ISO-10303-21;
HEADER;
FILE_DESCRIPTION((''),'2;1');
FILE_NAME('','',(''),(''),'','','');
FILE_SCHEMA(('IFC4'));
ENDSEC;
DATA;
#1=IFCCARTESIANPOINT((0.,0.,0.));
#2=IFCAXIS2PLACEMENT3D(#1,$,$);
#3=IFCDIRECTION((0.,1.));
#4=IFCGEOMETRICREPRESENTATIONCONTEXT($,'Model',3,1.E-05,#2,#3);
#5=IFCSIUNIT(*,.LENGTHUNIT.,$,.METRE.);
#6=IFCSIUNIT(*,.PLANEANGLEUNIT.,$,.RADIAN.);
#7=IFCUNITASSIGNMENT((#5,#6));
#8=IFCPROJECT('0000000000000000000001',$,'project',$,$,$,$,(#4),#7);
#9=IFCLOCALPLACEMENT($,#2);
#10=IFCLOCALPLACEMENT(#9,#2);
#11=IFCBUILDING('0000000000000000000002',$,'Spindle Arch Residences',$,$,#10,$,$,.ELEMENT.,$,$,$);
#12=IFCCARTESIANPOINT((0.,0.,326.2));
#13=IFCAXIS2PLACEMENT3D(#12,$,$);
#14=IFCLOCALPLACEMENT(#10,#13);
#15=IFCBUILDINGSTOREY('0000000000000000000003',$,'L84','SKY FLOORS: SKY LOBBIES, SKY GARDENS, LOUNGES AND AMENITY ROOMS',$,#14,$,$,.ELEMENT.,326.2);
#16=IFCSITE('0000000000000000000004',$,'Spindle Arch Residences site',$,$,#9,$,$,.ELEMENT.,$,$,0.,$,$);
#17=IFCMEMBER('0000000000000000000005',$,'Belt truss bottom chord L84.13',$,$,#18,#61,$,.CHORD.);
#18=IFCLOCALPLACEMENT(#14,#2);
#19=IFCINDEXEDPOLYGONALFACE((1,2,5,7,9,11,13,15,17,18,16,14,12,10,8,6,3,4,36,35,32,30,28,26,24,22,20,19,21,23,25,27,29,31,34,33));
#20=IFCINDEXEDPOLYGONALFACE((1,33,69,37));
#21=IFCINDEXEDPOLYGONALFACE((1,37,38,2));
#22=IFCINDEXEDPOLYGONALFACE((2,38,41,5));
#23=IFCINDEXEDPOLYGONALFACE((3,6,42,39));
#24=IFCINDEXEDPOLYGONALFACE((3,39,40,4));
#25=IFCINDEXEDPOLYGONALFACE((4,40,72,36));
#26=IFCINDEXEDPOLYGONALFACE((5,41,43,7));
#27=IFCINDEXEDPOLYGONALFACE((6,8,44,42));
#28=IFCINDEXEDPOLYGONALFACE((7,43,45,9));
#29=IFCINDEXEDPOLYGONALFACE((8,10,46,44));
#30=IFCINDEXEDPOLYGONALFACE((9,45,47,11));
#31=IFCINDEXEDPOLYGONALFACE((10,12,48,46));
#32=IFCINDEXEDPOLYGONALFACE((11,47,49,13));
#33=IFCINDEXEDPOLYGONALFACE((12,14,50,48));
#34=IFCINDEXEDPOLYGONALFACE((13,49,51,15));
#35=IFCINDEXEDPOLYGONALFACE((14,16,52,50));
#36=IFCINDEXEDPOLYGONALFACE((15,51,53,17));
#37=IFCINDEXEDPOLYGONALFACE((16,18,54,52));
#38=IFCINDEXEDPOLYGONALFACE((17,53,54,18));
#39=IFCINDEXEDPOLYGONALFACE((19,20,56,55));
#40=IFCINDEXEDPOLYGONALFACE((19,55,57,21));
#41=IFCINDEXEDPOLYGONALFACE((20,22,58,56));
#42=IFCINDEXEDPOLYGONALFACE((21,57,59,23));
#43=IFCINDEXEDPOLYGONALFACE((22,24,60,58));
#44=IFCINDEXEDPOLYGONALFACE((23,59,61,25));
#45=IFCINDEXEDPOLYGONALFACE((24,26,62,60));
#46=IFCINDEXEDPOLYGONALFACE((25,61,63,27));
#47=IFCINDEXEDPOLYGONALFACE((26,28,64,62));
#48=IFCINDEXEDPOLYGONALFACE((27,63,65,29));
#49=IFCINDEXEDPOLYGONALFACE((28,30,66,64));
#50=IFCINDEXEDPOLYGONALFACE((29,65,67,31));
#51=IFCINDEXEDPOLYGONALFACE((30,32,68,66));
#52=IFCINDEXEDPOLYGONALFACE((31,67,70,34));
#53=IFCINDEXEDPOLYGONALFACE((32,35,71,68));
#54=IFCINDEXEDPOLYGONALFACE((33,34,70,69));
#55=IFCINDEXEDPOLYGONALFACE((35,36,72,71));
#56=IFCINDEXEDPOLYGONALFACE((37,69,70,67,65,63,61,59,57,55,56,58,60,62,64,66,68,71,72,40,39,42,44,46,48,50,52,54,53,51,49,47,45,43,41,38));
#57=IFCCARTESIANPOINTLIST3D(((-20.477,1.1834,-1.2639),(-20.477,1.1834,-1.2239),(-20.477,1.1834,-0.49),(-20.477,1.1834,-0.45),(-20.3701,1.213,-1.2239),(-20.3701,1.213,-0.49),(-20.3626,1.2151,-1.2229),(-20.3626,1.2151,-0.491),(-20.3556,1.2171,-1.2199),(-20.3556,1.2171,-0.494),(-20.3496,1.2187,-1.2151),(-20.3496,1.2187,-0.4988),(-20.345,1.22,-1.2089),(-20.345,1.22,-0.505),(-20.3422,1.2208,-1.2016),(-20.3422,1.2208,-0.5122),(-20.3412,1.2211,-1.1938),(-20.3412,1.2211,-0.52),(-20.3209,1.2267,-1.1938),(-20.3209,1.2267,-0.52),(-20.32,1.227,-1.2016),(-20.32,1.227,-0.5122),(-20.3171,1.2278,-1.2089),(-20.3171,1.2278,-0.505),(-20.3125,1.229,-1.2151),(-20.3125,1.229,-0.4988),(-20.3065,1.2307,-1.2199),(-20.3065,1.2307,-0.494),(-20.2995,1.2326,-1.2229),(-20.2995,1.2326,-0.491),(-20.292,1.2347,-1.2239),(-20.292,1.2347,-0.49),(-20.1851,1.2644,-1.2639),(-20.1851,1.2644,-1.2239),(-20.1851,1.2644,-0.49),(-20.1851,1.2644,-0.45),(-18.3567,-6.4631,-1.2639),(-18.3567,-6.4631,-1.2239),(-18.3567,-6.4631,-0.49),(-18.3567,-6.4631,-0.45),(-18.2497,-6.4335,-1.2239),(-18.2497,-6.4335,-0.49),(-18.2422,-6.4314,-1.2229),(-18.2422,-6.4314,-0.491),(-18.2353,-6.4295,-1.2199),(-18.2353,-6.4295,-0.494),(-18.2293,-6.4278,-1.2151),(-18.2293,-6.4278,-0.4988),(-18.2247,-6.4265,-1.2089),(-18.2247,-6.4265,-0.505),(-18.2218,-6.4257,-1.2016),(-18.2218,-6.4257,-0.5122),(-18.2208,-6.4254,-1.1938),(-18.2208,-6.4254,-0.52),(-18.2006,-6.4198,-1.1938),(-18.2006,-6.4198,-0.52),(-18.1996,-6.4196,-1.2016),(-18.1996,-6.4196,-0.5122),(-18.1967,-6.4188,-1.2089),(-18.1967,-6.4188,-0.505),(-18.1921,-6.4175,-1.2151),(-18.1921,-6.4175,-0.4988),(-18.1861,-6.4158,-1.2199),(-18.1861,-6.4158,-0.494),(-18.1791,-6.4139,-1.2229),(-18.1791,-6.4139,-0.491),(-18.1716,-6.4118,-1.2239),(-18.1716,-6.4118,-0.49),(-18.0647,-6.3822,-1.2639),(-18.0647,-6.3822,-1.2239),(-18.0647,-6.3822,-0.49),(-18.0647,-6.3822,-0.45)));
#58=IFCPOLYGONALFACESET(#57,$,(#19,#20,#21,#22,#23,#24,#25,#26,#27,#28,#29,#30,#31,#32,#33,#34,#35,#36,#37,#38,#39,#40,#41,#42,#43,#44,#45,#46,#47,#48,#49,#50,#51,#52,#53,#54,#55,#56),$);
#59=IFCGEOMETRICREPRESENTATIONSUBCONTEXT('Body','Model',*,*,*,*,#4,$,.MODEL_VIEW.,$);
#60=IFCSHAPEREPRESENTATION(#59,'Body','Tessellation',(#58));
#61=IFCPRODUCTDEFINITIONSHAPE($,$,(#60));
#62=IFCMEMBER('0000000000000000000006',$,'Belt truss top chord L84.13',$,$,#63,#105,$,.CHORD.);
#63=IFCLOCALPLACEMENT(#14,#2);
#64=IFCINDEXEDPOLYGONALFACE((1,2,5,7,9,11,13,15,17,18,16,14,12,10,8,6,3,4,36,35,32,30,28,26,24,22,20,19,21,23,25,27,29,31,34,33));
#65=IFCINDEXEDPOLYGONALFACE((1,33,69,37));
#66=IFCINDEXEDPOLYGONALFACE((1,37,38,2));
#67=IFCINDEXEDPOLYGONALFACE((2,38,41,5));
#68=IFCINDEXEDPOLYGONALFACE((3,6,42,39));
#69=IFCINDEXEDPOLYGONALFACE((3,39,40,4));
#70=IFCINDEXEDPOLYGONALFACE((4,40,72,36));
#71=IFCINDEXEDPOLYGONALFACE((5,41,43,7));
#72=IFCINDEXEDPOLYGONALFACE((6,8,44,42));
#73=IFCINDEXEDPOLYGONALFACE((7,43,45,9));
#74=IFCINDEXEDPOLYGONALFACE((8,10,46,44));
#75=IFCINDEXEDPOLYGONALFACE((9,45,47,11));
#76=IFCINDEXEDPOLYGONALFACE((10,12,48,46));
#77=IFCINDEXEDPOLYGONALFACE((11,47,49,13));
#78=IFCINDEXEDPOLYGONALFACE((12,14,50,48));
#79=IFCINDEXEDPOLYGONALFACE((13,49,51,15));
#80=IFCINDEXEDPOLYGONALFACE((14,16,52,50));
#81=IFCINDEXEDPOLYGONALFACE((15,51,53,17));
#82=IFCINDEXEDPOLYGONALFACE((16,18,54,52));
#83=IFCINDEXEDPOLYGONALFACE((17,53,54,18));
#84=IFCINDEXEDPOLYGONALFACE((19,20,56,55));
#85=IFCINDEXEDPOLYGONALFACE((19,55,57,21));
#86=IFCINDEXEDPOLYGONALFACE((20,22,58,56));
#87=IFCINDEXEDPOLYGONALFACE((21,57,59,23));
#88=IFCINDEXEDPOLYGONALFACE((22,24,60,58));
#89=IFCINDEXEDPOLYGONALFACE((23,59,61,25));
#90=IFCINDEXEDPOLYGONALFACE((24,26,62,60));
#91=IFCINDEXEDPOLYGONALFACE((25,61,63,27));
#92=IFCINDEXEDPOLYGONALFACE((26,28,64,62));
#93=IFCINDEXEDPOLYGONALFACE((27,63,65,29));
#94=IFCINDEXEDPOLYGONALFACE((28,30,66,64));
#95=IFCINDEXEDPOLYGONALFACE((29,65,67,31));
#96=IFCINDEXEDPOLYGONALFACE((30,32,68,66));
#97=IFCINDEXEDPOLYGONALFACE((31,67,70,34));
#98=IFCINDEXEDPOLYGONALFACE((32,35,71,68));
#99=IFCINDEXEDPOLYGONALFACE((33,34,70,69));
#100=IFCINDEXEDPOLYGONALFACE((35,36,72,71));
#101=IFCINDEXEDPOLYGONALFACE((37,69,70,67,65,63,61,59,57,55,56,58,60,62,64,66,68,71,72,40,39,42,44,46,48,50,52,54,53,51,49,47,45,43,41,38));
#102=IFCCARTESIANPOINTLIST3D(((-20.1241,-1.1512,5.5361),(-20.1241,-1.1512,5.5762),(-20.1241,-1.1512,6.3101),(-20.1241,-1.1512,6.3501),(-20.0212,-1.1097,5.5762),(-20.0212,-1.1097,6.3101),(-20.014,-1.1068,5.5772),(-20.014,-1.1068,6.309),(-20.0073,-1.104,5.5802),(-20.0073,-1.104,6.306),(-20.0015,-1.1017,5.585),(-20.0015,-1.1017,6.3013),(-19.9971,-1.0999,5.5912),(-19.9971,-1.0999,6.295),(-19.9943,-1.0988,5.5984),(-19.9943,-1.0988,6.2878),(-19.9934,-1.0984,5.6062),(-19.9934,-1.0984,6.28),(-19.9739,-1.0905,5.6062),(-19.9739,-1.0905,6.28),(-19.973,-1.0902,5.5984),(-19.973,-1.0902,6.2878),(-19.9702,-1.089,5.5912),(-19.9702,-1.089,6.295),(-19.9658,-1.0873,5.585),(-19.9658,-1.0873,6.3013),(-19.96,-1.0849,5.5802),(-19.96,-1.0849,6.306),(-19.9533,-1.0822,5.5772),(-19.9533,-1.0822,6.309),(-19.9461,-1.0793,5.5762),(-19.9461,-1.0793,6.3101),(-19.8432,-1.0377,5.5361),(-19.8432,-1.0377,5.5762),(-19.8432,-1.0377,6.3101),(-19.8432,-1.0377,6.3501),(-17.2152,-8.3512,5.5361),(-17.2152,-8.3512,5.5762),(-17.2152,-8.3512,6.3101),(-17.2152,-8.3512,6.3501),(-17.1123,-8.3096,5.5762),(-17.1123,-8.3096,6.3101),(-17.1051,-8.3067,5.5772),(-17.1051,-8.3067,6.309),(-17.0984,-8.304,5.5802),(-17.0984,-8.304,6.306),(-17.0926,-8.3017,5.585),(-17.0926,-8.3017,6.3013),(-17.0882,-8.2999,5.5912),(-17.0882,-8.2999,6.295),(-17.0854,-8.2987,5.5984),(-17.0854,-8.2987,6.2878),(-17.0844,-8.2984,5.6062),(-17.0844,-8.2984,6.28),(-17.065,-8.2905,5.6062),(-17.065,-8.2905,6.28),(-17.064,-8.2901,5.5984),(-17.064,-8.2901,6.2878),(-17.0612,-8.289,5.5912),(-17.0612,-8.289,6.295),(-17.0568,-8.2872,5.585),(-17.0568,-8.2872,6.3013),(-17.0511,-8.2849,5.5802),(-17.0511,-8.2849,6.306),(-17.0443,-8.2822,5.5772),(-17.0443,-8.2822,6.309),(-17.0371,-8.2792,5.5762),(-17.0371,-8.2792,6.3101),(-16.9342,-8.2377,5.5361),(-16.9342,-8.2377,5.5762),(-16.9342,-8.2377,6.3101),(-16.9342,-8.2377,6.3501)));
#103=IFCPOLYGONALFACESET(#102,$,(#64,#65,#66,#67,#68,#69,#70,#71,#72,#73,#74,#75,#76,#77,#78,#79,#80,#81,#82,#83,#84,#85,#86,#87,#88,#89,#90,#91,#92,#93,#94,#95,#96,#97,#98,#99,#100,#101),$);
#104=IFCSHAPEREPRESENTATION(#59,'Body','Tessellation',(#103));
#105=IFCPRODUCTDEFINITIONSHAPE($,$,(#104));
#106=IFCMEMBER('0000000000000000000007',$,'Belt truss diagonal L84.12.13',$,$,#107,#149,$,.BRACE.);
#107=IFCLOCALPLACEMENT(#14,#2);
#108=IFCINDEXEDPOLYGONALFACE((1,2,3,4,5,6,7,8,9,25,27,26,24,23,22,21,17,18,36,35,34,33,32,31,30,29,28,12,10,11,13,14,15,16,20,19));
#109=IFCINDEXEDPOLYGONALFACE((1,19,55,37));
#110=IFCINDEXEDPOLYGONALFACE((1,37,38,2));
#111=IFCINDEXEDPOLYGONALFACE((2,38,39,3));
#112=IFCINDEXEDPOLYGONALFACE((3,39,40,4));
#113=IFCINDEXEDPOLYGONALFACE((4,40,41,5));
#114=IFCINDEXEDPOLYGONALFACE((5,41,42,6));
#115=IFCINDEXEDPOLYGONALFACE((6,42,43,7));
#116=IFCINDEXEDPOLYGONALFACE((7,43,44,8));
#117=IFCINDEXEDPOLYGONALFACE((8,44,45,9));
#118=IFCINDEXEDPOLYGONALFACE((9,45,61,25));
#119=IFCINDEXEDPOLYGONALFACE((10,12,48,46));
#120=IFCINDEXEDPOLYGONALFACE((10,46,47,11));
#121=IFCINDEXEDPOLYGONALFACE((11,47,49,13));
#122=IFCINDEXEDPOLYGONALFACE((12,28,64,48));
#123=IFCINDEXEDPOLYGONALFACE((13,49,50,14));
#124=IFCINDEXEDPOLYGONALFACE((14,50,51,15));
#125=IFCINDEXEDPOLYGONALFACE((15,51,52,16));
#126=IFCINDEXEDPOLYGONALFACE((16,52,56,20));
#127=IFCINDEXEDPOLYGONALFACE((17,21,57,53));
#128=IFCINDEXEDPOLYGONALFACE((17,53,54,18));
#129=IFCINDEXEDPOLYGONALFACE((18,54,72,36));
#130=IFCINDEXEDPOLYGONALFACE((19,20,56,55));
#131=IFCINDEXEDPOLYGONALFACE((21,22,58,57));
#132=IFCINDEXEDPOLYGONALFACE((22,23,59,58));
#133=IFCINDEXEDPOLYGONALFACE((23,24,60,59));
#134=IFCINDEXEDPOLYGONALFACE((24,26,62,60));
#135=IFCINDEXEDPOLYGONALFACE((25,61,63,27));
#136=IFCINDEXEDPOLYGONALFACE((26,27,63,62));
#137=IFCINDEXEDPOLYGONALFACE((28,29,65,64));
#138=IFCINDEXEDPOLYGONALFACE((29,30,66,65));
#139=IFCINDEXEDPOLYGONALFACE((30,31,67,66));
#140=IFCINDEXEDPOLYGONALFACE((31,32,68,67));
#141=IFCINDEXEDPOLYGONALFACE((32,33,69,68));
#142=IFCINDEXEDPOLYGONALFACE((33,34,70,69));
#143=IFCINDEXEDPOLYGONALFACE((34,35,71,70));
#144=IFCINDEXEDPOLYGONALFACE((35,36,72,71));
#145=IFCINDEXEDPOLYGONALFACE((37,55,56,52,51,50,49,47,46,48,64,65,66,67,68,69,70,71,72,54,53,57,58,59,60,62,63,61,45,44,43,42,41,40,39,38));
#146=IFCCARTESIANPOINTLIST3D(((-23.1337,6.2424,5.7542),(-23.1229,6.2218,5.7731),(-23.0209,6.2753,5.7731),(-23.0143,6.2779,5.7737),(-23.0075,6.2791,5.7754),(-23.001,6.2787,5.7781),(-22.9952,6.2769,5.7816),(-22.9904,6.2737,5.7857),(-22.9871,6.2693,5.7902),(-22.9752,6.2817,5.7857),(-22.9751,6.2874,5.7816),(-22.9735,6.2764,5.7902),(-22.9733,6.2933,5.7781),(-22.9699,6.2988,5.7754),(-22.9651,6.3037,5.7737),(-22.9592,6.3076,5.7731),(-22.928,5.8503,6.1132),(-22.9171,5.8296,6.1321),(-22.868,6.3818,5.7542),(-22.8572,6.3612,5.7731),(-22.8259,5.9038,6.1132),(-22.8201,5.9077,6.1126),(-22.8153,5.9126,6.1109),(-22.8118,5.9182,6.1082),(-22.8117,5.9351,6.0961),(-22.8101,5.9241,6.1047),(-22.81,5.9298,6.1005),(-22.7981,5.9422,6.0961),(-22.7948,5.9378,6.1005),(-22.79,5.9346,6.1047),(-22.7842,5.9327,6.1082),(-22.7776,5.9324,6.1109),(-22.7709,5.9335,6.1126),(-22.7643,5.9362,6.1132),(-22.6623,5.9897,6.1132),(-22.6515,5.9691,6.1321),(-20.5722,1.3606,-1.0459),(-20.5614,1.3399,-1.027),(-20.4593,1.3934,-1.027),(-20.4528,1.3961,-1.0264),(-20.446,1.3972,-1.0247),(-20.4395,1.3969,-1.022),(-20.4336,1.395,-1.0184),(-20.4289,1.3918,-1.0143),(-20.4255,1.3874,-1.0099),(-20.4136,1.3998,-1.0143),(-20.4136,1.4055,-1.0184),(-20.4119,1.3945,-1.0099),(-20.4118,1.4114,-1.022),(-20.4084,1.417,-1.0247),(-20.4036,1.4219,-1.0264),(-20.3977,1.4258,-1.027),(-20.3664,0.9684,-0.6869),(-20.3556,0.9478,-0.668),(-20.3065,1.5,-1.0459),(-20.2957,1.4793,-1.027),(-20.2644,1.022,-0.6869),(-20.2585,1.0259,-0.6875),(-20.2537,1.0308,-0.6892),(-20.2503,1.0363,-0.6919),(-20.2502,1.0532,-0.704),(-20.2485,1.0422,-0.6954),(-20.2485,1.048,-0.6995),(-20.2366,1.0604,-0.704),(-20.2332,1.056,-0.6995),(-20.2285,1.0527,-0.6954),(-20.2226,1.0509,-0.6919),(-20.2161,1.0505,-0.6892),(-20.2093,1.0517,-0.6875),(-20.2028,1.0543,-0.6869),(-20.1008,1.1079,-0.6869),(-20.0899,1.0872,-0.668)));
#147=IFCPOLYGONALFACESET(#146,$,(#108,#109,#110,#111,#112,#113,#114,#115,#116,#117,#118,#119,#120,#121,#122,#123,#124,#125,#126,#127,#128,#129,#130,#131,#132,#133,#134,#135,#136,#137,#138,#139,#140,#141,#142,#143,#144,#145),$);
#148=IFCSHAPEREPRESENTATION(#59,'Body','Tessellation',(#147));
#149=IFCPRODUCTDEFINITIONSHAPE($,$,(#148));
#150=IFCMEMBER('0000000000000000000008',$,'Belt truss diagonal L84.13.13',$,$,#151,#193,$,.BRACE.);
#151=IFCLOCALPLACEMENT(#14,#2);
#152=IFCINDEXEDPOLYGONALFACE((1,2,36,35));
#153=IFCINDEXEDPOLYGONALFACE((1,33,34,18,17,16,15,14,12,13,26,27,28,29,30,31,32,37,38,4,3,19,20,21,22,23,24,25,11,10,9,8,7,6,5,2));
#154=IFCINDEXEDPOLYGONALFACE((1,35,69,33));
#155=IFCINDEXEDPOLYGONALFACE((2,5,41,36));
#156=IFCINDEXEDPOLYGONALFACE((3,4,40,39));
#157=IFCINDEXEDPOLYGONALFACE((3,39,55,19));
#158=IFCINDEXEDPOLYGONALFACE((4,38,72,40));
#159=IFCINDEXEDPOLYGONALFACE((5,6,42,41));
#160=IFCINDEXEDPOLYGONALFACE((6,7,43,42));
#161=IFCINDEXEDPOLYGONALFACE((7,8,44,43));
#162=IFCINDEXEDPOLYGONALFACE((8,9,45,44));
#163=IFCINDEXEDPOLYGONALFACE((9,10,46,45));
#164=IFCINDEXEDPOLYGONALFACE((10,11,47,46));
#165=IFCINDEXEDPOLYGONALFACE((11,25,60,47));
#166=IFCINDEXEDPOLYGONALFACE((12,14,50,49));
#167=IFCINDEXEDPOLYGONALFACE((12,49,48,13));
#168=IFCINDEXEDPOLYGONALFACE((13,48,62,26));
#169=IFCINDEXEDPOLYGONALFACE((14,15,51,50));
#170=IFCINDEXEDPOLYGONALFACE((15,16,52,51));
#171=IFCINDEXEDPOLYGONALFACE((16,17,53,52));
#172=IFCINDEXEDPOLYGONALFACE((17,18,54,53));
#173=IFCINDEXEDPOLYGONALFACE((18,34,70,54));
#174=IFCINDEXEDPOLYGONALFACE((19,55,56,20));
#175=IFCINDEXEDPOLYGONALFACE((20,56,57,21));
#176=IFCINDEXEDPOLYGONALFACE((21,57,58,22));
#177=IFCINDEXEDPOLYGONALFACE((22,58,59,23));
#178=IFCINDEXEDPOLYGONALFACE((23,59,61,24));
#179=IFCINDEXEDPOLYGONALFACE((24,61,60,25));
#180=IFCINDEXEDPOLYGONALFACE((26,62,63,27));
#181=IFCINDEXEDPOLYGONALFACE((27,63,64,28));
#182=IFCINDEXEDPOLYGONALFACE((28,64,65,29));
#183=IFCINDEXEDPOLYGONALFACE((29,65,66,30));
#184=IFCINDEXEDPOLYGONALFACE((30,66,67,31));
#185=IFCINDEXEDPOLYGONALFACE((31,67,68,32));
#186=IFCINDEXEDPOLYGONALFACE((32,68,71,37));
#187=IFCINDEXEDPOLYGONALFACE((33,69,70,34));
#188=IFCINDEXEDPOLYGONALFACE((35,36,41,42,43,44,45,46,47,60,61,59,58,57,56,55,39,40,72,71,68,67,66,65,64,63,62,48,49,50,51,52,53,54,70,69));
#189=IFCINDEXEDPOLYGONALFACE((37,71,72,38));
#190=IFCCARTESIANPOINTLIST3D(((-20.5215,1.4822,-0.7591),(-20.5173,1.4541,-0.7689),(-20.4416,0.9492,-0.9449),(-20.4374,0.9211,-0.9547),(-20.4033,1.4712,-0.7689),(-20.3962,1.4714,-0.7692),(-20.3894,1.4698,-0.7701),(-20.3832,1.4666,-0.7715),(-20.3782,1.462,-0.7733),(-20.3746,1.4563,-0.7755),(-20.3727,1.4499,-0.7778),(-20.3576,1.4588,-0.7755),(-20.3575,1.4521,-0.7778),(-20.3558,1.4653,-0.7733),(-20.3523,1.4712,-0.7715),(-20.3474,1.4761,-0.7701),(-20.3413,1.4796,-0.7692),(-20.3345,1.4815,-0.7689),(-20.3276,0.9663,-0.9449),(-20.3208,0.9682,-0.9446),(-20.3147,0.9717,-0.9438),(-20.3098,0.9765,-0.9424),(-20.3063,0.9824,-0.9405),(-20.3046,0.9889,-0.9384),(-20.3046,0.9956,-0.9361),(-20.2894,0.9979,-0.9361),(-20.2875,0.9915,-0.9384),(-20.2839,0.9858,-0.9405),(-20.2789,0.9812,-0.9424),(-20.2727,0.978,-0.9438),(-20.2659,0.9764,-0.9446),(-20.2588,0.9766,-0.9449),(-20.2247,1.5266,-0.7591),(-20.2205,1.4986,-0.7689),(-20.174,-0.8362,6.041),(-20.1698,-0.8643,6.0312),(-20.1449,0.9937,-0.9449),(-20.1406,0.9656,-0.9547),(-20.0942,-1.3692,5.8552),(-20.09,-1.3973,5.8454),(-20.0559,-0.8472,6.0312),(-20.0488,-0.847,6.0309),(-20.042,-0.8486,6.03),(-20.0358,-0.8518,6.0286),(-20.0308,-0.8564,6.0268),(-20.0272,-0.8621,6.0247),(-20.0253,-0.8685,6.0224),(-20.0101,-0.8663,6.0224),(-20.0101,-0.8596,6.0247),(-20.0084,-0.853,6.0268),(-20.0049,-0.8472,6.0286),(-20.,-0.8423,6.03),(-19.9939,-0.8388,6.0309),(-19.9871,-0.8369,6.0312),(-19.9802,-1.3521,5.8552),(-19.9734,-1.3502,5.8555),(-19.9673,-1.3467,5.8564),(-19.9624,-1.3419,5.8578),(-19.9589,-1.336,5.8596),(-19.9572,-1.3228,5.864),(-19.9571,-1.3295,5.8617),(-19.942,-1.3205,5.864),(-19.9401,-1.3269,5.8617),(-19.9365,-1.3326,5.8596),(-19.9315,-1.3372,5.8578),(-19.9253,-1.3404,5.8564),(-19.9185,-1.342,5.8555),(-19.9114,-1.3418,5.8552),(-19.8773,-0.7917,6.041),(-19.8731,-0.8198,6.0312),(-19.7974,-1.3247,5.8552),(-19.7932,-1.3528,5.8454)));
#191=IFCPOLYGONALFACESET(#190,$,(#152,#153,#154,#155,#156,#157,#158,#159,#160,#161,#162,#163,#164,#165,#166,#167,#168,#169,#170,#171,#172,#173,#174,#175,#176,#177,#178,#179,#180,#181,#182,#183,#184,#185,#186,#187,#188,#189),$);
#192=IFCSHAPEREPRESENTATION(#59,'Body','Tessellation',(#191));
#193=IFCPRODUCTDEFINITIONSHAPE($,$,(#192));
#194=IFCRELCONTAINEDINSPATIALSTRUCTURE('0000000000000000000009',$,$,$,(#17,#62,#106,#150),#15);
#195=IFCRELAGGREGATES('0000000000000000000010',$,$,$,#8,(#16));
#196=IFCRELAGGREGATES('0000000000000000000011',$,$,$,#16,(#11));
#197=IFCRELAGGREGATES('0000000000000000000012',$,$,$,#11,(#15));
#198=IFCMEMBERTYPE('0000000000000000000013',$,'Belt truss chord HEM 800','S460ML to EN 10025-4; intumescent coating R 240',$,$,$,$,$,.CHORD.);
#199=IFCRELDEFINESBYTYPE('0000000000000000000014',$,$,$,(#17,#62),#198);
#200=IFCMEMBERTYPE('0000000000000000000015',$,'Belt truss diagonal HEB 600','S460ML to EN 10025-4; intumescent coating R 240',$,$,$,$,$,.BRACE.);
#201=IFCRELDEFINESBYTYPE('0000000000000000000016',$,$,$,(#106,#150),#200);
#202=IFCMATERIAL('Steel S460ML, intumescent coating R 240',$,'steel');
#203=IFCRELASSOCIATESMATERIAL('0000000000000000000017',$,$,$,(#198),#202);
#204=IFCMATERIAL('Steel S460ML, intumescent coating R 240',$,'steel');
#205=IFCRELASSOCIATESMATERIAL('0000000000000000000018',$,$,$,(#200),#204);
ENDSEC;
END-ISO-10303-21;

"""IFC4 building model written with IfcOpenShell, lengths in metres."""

from ifc_helpers import new_model, si_unit, direction, frame, origin, origin_2d, place, context, subcontext, project, spatial, i_section, extrude, material, material_profile, profile_set, type_object, element, save


model = new_model("IFC4")

# Units and contexts
model_context = context("Model", 3, precision=1e-05, world=origin(), true_north=direction((0.0, 1.0)))
body_context = subcontext(model_context, "Body", "Model", "MODEL_VIEW")
ifc_project = project(units=[si_unit("LENGTHUNIT", "METRE"), si_unit("PLANEANGLEUNIT", "RADIAN")], contexts=[model_context])

# Site, building, storey
site_placement = place(None, origin())
site = spatial("IfcSite", under=ifc_project, at=site_placement, Name="Spindle Arch Residences site", CompositionType="ELEMENT", RefElevation=0.0)
building_placement = place(site_placement, origin())
building = spatial("IfcBuilding", under=site, at=building_placement, Name="Spindle Arch Residences", CompositionType="ELEMENT")
storey_placement = place(building_placement, frame((0.0, 0.0, 326.2)))
storey = spatial("IfcBuildingStorey", under=building, at=storey_placement, Name="L84", Description="SKY FLOORS: SKY LOBBIES, SKY GARDENS, LOUNGES AND AMENITY ROOMS", CompositionType="ELEMENT", Elevation=326.2)

# Members
ifc_material_1 = material(Name="Steel S460ML, intumescent coating R 240", Category="steel")
ifc_material_profile_1 = material_profile(ifc_material_1, i_section(OverallWidth=0.303, OverallDepth=0.814, WebThickness=0.021, FlangeThickness=0.04, FilletRadius=0.03, at=origin_2d()), Name="HEM 800")
ifc_profile_set_1 = profile_set([ifc_material_profile_1], Name="Steel S460ML, intumescent coating R 240")
member_type_1 = type_object("IfcMemberType", Name="Belt truss chord HEM 800", Description="S460ML to EN 10025-4; intumescent coating R 240", PredefinedType="CHORD", material=ifc_profile_set_1)
member_1_placement = place(storey_placement, frame((-20.3311, 1.2239, -0.8569), z_axis=(0.267215, -0.963637, 0.0), x_axis=(0.963637, 0.267215, 0.0)))
element("IfcMember", 1, at=member_1_placement, inside=storey, type_object=member_type_1, Name="Belt truss bottom chord L84.13", PredefinedType="CHORD", context=body_context, shape_type="SweptSolid", body=[
    extrude(i_section(OverallWidth=0.303, OverallDepth=0.814, WebThickness=0.021, FlangeThickness=0.04, FilletRadius=0.03, at=origin_2d()), origin(), (0.0, 0.0, 1.0), 7.9351),
])
member_2_placement = place(storey_placement, frame((-19.9836, -1.0945, 5.9431), z_axis=(0.374603, -0.927185, 0.0), x_axis=(0.927185, 0.374603, 0.0)))
element("IfcMember", 2, at=member_2_placement, inside=storey, type_object=member_type_1, Name="Belt truss top chord L84.13", PredefinedType="CHORD", context=body_context, shape_type="SweptSolid", body=[
    extrude(i_section(OverallWidth=0.303, OverallDepth=0.814, WebThickness=0.021, FlangeThickness=0.04, FilletRadius=0.03, at=origin_2d()), origin(), (0.0, 0.0, 1.0), 7.7654),
])
ifc_material_2 = material(Name="Steel S460ML, intumescent coating R 240", Category="steel")
ifc_material_profile_2 = material_profile(ifc_material_2, i_section(OverallWidth=0.3, OverallDepth=0.6001, WebThickness=0.0154, FlangeThickness=0.03, FilletRadius=0.0271, at=origin_2d()), Name="HEB 600")
ifc_profile_set_2 = profile_set([ifc_material_profile_2], Name="Steel S460ML, intumescent coating R 240")
member_type_2 = type_object("IfcMemberType", Name="Belt truss diagonal HEB 600", Description="S460ML to EN 10025-4; intumescent coating R 240", PredefinedType="BRACE", material=ifc_profile_set_2)
member_3_placement = place(storey_placement, frame((-20.3311, 1.2239, -0.8569), z_axis=(-0.292608, 0.557662, 0.776784), x_axis=(-0.885505, -0.464629, 0.0)))
element("IfcMember", 3, at=member_3_placement, inside=storey, type_object=member_type_2, Name="Belt truss diagonal L84.12.13", PredefinedType="BRACE", context=body_context, shape_type="SweptSolid", body=[
    extrude(i_section(OverallWidth=0.3, OverallDepth=0.6001, WebThickness=0.0154, FlangeThickness=0.03, FilletRadius=0.0271, at=origin_2d()), origin(), (0.0, 0.0, 1.0), 8.7542),
])
member_4_placement = place(storey_placement, frame((-20.3311, 1.2239, -0.8569), z_axis=(0.0483, -0.322317, 0.945399), x_axis=(0.988958, 0.148198, 0.0)))
element("IfcMember", 4, at=member_4_placement, inside=storey, type_object=member_type_2, Name="Belt truss diagonal L84.13.13", PredefinedType="BRACE", context=body_context, shape_type="SweptSolid", body=[
    extrude(i_section(OverallWidth=0.3, OverallDepth=0.6001, WebThickness=0.0154, FlangeThickness=0.03, FilletRadius=0.0271, at=origin_2d()), origin(), (0.0, 0.0, 1.0), 7.1929),
])

save(model, "model.ifc")
